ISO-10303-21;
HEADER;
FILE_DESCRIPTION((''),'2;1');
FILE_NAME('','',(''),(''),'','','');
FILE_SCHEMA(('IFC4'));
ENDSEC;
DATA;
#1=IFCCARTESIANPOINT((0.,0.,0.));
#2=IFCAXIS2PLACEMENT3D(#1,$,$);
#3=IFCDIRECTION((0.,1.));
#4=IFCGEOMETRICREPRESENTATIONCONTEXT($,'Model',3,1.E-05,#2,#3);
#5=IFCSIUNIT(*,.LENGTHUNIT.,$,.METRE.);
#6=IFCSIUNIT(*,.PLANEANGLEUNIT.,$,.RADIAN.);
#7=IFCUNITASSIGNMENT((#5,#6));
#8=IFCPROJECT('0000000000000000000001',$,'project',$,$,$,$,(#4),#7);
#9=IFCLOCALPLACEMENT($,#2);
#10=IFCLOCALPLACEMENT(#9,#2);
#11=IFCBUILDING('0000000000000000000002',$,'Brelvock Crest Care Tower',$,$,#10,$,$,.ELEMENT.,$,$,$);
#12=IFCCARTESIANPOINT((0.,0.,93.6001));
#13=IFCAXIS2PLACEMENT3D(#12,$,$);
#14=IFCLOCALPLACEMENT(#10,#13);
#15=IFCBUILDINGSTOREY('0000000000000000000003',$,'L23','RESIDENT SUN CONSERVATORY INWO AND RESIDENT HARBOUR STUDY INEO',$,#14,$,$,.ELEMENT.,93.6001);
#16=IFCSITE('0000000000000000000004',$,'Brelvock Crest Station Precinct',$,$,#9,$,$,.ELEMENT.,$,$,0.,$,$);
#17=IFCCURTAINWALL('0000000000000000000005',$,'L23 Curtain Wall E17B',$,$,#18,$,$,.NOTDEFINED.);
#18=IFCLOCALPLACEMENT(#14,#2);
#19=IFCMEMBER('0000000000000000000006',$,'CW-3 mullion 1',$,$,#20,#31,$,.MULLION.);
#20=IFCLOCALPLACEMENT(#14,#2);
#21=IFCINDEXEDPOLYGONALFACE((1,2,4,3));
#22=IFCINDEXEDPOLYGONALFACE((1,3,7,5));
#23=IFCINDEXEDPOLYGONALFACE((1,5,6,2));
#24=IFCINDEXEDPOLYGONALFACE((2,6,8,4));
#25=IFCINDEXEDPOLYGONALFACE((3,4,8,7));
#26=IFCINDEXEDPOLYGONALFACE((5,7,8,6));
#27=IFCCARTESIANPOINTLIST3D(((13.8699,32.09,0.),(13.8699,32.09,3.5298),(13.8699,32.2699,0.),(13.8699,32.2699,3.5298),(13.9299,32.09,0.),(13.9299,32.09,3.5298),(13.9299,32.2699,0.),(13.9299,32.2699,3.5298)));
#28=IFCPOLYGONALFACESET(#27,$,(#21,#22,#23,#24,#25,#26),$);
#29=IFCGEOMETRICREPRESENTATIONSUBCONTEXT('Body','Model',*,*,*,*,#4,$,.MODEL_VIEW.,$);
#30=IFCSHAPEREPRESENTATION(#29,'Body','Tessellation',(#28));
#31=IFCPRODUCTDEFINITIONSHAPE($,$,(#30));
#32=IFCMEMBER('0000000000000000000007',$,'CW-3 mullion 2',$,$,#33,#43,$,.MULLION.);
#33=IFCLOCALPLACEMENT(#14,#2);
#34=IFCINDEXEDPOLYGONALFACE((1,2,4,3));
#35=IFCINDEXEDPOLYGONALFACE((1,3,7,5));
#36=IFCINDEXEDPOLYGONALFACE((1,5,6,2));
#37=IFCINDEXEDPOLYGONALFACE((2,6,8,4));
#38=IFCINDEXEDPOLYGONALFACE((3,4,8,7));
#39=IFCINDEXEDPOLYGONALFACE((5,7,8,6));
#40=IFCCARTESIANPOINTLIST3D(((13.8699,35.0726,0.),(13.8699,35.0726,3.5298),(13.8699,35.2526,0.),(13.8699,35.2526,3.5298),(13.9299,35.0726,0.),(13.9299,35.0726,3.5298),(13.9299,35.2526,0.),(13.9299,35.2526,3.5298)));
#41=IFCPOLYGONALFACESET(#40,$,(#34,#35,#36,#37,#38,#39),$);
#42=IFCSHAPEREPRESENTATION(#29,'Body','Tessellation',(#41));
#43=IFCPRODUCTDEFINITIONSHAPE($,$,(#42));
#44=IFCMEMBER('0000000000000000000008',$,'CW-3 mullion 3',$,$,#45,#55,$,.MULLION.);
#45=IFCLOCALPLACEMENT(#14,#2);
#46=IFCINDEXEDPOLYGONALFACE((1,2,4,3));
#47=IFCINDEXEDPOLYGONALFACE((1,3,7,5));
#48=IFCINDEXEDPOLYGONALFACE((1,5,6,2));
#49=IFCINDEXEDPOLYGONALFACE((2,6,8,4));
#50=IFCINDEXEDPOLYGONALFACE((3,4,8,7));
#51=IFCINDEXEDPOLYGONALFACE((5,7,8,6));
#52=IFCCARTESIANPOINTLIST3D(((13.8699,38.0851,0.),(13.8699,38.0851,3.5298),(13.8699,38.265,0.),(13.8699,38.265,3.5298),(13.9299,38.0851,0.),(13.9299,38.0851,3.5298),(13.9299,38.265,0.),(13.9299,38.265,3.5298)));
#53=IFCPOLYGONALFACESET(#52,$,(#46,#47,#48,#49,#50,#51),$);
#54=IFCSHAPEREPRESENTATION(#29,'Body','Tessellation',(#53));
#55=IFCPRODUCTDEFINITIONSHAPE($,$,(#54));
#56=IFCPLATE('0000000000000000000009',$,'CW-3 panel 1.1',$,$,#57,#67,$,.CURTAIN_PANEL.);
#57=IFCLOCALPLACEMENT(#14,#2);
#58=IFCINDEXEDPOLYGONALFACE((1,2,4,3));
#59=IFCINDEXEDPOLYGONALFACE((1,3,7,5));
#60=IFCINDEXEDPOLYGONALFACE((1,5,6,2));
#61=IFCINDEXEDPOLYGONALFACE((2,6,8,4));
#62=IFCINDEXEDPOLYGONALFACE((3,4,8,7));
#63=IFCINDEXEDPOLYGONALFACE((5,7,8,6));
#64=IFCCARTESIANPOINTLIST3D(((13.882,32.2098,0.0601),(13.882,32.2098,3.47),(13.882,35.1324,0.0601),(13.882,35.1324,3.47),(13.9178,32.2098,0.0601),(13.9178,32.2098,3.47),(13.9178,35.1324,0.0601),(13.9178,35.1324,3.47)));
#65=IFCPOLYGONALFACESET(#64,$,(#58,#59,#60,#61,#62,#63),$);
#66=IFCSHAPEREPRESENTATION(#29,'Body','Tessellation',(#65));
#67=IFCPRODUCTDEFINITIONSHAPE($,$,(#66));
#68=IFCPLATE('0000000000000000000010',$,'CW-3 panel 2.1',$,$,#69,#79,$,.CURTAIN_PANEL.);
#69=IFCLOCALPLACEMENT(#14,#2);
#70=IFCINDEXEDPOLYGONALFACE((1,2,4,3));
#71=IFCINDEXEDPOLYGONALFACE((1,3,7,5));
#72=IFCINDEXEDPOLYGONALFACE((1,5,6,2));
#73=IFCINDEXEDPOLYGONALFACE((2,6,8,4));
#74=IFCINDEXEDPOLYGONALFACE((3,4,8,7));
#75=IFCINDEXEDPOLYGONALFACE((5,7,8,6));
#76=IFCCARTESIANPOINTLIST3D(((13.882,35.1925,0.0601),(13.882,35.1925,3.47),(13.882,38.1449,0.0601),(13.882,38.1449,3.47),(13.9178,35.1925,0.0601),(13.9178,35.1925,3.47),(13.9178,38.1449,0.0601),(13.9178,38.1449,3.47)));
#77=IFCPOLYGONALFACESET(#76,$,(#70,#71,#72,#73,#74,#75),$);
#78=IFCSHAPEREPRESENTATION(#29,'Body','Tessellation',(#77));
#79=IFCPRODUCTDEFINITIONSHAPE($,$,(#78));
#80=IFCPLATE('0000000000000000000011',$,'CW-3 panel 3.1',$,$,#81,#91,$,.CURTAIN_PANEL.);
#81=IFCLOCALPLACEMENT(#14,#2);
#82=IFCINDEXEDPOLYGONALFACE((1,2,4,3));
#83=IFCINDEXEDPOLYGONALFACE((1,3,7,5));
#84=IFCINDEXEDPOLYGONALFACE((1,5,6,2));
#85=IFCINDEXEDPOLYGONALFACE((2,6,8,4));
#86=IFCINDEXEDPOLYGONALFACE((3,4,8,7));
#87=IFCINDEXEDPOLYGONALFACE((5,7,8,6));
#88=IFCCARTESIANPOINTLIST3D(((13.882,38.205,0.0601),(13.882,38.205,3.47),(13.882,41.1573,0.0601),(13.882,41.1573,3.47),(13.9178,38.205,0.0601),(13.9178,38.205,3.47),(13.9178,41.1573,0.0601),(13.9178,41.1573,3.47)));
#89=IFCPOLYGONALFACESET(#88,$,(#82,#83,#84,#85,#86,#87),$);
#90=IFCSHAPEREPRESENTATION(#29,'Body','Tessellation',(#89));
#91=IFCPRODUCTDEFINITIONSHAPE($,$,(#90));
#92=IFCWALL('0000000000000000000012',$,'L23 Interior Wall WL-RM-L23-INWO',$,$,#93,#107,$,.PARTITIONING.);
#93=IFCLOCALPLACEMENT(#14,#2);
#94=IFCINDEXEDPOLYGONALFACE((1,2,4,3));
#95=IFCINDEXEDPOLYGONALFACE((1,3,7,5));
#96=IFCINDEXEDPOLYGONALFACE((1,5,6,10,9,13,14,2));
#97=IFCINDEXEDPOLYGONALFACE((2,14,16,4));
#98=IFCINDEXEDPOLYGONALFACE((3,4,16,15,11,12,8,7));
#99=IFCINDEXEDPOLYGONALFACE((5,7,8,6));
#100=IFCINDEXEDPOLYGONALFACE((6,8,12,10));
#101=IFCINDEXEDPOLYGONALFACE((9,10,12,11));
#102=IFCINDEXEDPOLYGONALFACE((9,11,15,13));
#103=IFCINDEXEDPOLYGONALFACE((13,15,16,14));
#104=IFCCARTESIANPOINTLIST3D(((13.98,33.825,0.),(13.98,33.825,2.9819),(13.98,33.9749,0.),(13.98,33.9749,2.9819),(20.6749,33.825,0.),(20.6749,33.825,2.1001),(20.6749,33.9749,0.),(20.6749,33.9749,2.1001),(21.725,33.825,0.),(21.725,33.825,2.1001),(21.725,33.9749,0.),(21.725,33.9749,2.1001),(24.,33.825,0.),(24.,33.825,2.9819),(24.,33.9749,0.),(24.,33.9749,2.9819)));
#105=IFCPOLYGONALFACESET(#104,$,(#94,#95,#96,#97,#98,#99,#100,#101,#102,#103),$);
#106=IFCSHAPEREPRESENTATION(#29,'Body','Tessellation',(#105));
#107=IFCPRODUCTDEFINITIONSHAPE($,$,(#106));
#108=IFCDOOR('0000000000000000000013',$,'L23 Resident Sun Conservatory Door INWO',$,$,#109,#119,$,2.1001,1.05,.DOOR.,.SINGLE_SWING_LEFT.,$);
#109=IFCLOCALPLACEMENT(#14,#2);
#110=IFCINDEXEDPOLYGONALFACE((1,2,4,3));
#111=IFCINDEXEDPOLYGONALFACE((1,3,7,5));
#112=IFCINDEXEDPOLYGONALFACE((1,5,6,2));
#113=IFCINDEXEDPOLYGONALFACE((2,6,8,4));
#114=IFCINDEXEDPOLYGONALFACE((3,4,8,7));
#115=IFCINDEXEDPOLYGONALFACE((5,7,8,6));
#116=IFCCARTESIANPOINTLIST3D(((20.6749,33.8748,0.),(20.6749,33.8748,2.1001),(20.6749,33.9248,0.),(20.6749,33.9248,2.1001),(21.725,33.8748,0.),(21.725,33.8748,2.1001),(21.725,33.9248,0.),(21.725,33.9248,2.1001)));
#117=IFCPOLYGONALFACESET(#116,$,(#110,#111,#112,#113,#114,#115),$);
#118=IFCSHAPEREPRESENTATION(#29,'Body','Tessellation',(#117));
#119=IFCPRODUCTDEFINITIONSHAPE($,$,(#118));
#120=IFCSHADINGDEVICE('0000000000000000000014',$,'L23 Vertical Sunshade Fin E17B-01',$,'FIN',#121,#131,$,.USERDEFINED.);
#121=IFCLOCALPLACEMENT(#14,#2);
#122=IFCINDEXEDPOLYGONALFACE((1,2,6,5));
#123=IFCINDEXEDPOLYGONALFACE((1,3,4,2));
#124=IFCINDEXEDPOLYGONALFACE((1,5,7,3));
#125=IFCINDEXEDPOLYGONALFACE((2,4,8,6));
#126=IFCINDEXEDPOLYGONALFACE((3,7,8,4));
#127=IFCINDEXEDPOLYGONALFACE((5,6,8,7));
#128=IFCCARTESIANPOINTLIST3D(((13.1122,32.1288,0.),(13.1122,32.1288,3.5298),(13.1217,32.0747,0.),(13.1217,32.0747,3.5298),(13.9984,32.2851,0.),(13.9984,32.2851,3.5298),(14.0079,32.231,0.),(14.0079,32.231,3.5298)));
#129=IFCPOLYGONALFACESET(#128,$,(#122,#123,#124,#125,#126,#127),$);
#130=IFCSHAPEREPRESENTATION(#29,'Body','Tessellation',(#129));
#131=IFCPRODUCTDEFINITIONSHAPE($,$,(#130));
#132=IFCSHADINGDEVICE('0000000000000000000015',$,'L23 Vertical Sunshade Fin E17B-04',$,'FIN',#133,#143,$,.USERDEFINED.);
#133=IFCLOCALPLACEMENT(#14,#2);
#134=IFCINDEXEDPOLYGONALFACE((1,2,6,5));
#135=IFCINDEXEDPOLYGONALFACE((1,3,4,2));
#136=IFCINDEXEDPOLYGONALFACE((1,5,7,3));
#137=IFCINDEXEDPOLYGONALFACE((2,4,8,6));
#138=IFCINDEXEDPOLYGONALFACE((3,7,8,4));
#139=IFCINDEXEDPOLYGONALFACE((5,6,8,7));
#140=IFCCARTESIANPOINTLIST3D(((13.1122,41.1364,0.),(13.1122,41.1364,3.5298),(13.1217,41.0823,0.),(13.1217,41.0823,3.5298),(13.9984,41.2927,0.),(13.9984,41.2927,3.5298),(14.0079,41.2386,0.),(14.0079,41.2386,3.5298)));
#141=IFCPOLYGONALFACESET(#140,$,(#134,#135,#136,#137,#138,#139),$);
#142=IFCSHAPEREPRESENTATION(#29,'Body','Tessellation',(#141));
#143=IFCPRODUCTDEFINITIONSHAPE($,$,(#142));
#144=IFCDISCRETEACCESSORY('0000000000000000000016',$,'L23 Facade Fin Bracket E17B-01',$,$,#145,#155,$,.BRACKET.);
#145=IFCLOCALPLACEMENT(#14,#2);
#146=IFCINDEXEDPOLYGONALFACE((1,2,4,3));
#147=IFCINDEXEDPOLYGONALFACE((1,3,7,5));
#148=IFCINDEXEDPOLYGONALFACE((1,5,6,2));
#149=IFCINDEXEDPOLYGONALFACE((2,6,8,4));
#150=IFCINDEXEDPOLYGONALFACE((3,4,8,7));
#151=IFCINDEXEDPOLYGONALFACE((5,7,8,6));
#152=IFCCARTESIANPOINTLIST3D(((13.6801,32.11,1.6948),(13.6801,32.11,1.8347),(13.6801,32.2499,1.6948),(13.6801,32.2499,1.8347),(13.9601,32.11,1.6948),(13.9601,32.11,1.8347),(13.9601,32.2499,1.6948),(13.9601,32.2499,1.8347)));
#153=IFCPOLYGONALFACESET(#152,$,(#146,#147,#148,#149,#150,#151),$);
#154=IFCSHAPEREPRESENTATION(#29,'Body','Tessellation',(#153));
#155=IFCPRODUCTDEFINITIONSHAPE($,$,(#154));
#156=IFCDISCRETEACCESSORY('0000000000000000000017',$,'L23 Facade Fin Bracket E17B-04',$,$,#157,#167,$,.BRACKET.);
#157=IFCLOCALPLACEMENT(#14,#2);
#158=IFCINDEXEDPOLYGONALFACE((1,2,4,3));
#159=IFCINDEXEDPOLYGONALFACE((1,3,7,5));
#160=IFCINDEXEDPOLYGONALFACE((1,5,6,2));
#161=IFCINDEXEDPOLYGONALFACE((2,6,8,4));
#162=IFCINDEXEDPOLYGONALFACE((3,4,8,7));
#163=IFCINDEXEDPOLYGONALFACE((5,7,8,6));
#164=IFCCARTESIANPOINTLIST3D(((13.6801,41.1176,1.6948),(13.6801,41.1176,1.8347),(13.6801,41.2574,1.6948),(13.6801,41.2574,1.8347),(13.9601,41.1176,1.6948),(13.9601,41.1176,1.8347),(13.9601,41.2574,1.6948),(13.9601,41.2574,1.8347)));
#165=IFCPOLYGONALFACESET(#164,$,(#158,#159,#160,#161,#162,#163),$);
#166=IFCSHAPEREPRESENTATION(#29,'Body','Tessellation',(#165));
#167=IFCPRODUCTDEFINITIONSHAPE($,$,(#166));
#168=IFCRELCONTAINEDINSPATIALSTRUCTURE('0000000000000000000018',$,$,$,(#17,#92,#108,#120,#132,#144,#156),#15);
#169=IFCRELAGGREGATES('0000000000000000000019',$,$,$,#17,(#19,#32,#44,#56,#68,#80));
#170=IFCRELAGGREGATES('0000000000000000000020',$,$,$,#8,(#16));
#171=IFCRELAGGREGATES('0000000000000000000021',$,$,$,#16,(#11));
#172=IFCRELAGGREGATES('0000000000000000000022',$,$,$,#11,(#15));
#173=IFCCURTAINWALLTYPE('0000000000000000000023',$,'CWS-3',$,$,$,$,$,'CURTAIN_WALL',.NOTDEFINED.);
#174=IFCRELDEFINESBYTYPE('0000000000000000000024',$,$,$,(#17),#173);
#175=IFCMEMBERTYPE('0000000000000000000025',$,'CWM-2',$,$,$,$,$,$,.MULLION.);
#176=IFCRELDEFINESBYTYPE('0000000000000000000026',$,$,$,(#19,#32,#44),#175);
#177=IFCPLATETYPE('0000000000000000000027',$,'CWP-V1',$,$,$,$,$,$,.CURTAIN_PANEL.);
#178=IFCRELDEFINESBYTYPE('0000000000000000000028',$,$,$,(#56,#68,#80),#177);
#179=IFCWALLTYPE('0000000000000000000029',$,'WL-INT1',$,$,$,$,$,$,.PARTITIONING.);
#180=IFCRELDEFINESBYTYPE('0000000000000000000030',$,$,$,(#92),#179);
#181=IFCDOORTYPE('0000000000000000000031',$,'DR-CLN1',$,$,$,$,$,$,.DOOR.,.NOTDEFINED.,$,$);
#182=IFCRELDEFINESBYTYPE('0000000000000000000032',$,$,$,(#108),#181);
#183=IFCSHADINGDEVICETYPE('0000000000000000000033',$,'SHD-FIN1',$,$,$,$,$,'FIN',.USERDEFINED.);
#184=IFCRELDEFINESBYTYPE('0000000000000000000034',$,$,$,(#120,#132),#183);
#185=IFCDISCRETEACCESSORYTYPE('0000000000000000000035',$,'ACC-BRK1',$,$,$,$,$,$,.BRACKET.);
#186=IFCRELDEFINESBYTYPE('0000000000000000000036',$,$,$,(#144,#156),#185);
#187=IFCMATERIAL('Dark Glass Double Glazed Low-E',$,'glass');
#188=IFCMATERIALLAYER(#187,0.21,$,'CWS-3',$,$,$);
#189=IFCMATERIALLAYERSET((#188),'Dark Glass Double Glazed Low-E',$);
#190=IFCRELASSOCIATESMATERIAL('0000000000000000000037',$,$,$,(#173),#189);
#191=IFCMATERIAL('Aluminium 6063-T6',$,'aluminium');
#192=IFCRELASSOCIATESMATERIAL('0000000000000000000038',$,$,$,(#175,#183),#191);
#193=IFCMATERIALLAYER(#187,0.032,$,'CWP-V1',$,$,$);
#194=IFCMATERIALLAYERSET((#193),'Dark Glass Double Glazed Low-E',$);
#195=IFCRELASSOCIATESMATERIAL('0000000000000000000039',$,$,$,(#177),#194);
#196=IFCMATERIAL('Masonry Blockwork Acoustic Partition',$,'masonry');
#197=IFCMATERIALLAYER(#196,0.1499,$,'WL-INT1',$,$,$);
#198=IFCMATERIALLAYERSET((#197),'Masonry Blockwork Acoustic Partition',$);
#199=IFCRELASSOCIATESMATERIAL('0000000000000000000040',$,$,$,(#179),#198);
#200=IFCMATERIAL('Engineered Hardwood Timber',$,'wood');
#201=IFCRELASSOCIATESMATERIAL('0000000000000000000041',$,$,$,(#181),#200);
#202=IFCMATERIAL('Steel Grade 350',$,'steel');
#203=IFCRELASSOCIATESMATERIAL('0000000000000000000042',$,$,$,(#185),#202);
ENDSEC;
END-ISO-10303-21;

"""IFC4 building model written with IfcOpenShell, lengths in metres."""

from ifc_helpers import new_model, si_unit, direction, frame, frame_2d, origin, origin_2d, place, context, subcontext, project, spatial, rectangle, extrude, source, transform, mapped, material, layer, layer_set, material_profile, profile_set, type_object, element, fill, aggregate, save


model = new_model("IFC4")

# Units and contexts
model_context = context("Model", 3, precision=1e-05, world=origin(), true_north=direction((0.0, 1.0)))
body_context = subcontext(model_context, "Body", "Model", "MODEL_VIEW")
ifc_project = project(units=[si_unit("LENGTHUNIT", "METRE"), si_unit("PLANEANGLEUNIT", "RADIAN")], contexts=[model_context])

# Site, building, storey
site_placement = place(None, origin())
site = spatial("IfcSite", under=ifc_project, at=site_placement, Name="Brelvock Crest Station Precinct", CompositionType="ELEMENT", RefElevation=0.0)
building_placement = place(site_placement, origin())
building = spatial("IfcBuilding", under=site, at=building_placement, Name="Brelvock Crest Care Tower", CompositionType="ELEMENT")
storey_placement = place(building_placement, frame((0.0, 0.0, 93.6001)))
storey = spatial("IfcBuildingStorey", under=building, at=storey_placement, Name="L23", Description="RESIDENT SUN CONSERVATORY INWO AND RESIDENT HARBOUR STUDY INEO", CompositionType="ELEMENT", Elevation=93.6001)

# Shared definitions
ifc_material_1 = material(Name="Steel Grade 350", Category="steel")

# Curtain wall, members, plates
ifc_material_2 = material(Name="Dark Glass Double Glazed Low-E", Category="glass")
ifc_layer_1 = layer(ifc_material_2, 0.21, Name="CWS-3")
ifc_layer_set_1 = layer_set([ifc_layer_1], Name="Dark Glass Double Glazed Low-E")
curtain_wall_type = type_object("IfcCurtainWallType", Name="CWS-3", ElementType="CURTAIN_WALL", PredefinedType="NOTDEFINED", material=ifc_layer_set_1)
curtain_wall_placement = place(storey_placement, origin())
curtain_wall = element("IfcCurtainWall", 1, at=curtain_wall_placement, inside=storey, type_object=curtain_wall_type, Name="L23 Curtain Wall E17B", PredefinedType="NOTDEFINED")
ifc_material_3 = material(Name="Aluminium 6063-T6", Category="aluminium")
ifc_material_profile_1 = material_profile(ifc_material_3, rectangle(XDim=0.0601, YDim=0.1799, at=origin_2d()), Name="ALU60x180")
ifc_profile_set_1 = profile_set([ifc_material_profile_1], Name="Aluminium 6063-T6")
member_type_1 = type_object("IfcMemberType", Name="CWM-2", PredefinedType="MULLION", material=ifc_profile_set_1)
shared_shape_1 = source(origin(), body_context, "Body", "SweptSolid", [
    extrude(rectangle(XDim=0.0601, YDim=0.1799, at=origin_2d()), origin(), (0.0, 0.0, 1.0), 3.5298),
])
member_1_placement = place(storey_placement, frame((13.8999, 32.1799, 0.0), z_axis=(0.0, 0.0, 1.0), x_axis=(-1.0, 0.0, 0.0)))
member_1 = element("IfcMember", 2, at=member_1_placement, type_object=member_type_1, Name="CW-3 mullion 1", PredefinedType="MULLION", context=body_context, shape_type="MappedRepresentation", body=[
    mapped(shared_shape_1, transform((0.0, 0.0, 0.0), x_axis=(1.0, 0.0, 0.0), y_axis=(0.0, 1.0, 0.0), z_axis=(0.0, 0.0, 1.0), scale=1.0)),
])
member_2_placement = place(storey_placement, frame((13.8999, 35.1626, 0.0), z_axis=(0.0, 0.0, 1.0), x_axis=(-1.0, 0.0, 0.0)))
member_2 = element("IfcMember", 3, at=member_2_placement, type_object=member_type_1, Name="CW-3 mullion 2", PredefinedType="MULLION", context=body_context, shape_type="MappedRepresentation", body=[
    mapped(shared_shape_1, transform((0.0, 0.0, 0.0), x_axis=(1.0, 0.0, 0.0), y_axis=(0.0, 1.0, 0.0), z_axis=(0.0, 0.0, 1.0), scale=1.0)),
])
member_3_placement = place(storey_placement, frame((13.8999, 38.175, 0.0), z_axis=(0.0, 0.0, 1.0), x_axis=(-1.0, 0.0, 0.0)))
member_3 = element("IfcMember", 4, at=member_3_placement, type_object=member_type_1, Name="CW-3 mullion 3", PredefinedType="MULLION", context=body_context, shape_type="MappedRepresentation", body=[
    mapped(shared_shape_1, transform((0.0, 0.0, 0.0), x_axis=(1.0, 0.0, 0.0), y_axis=(0.0, 1.0, 0.0), z_axis=(0.0, 0.0, 1.0), scale=1.0)),
])
ifc_layer_2 = layer(ifc_material_2, 0.032, Name="CWP-V1")
ifc_layer_set_2 = layer_set([ifc_layer_2], Name="Dark Glass Double Glazed Low-E")
plate_type = type_object("IfcPlateType", Name="CWP-V1", PredefinedType="CURTAIN_PANEL", material=ifc_layer_set_2)
shared_shape_2 = source(origin(), body_context, "Body", "SweptSolid", [
    extrude(rectangle(XDim=2.9226, YDim=0.0359, at=origin_2d()), origin(), (0.0, 0.0, 1.0), 3.4099),
])
plate_1_placement = place(storey_placement, frame((13.8999, 33.6711, 0.0601), z_axis=(0.0, 0.0, 1.0), x_axis=(0.0, 1.0, 0.0)))
plate_1 = element("IfcPlate", 5, at=plate_1_placement, type_object=plate_type, Name="CW-3 panel 1.1", PredefinedType="CURTAIN_PANEL", context=body_context, shape_type="MappedRepresentation", body=[
    mapped(shared_shape_2, transform((0.0, 0.0, 0.0), x_axis=(1.0, 0.0, 0.0), y_axis=(0.0, 1.0, 0.0), z_axis=(0.0, 0.0, 1.0), scale=1.0)),
])
shared_shape_3 = source(origin(), body_context, "Body", "SweptSolid", [
    extrude(rectangle(XDim=2.9524, YDim=0.0359, at=origin_2d()), origin(), (0.0, 0.0, 1.0), 3.4099),
])
plate_2_placement = place(storey_placement, frame((13.8999, 36.6687, 0.0601), z_axis=(0.0, 0.0, 1.0), x_axis=(0.0, 1.0, 0.0)))
plate_2 = element("IfcPlate", 6, at=plate_2_placement, type_object=plate_type, Name="CW-3 panel 2.1", PredefinedType="CURTAIN_PANEL", context=body_context, shape_type="MappedRepresentation", body=[
    mapped(shared_shape_3, transform((0.0, 0.0, 0.0), x_axis=(1.0, 0.0, 0.0), y_axis=(0.0, 1.0, 0.0), z_axis=(0.0, 0.0, 1.0), scale=1.0)),
])
plate_3_placement = place(storey_placement, frame((13.8999, 39.6812, 0.0601), z_axis=(0.0, 0.0, 1.0), x_axis=(0.0, 1.0, 0.0)))
plate_3 = element("IfcPlate", 7, at=plate_3_placement, type_object=plate_type, Name="CW-3 panel 3.1", PredefinedType="CURTAIN_PANEL", context=body_context, shape_type="MappedRepresentation", body=[
    mapped(shared_shape_3, transform((0.0, 0.0, 0.0), x_axis=(1.0, 0.0, 0.0), y_axis=(0.0, 1.0, 0.0), z_axis=(0.0, 0.0, 1.0), scale=1.0)),
])
aggregate(curtain_wall, [member_1, member_2, member_3, plate_1, plate_2, plate_3])

# Wall, opening, door
ifc_material_4 = material(Name="Masonry Blockwork Acoustic Partition", Category="masonry")
ifc_layer_3 = layer(ifc_material_4, 0.1499, Name="WL-INT1")
ifc_layer_set_3 = layer_set([ifc_layer_3], Name="Masonry Blockwork Acoustic Partition")
wall_type = type_object("IfcWallType", Name="WL-INT1", PredefinedType="PARTITIONING", material=ifc_layer_set_3)
wall_placement = place(storey_placement, frame((13.98, 33.8999, 0.0), z_axis=(0.0, 0.0, 1.0), x_axis=(1.0, 0.0, 0.0)))
wall = element("IfcWall", 8, at=wall_placement, inside=storey, type_object=wall_type, Name="L23 Interior Wall WL-RM-L23-INWO", PredefinedType="PARTITIONING", context=body_context, shape_type="SweptSolid", body=[
    extrude(rectangle(XDim=10.02, YDim=0.1499, at=frame_2d((5.01, 0.0))), origin(), (0.0, 0.0, 1.0), 2.9819),
])
opening_placement = place(wall_placement, frame((6.6951, 0.0, 0.0)))
opening = element("IfcOpeningElement", 9, at=opening_placement, cuts=wall, PredefinedType="OPENING", context=body_context, shape_type="SweptSolid", body=[
    extrude(rectangle(XDim=1.05, YDim=2.1001, at=origin_2d()), frame((0.5249, 0.085, 1.05), z_axis=(0.0, -1.0, 0.0), x_axis=(1.0, 0.0, 0.0)), (0.0, 0.0, 1.0), 0.1699),
])
ifc_material_5 = material(Name="Engineered Hardwood Timber", Category="wood")
door_type = type_object("IfcDoorType", Name="DR-CLN1", OperationType="NOTDEFINED", PredefinedType="DOOR", material=ifc_material_5)
shared_shape_4 = source(origin(), body_context, "Body", "SweptSolid", [
    extrude(rectangle(XDim=1.05, YDim=2.1001, at=origin_2d()), frame((0.5249, 0.0249, 1.05), z_axis=(0.0, -1.0, 0.0), x_axis=(1.0, 0.0, 0.0)), (0.0, 0.0, 1.0), 0.05),
])
door_placement = place(opening_placement, origin())
door = element("IfcDoor", 10, at=door_placement, inside=storey, type_object=door_type, Name="L23 Resident Sun Conservatory Door INWO", OperationType="SINGLE_SWING_LEFT", OverallHeight=2.1001, OverallWidth=1.05, PredefinedType="DOOR", context=body_context, shape_type="MappedRepresentation", body=[
    mapped(shared_shape_4, transform((0.0, 0.0, 0.0), x_axis=(1.0, 0.0, 0.0), y_axis=(0.0, 1.0, 0.0), z_axis=(0.0, 0.0, 1.0), scale=1.0)),
])
fill(opening, door)

# Shading devices
ifc_material_profile_2 = material_profile(ifc_material_3, rectangle(XDim=0.0549, YDim=0.8999, at=origin_2d()), Name="FIN55x900")
ifc_profile_set_2 = profile_set([ifc_material_profile_2], Name="Aluminium 6063-T6")
shading_device_type = type_object("IfcShadingDeviceType", Name="SHD-FIN1", ElementType="FIN", PredefinedType="USERDEFINED", material=ifc_profile_set_2)
shared_shape_5 = source(origin(), body_context, "Body", "SweptSolid", [
    extrude(rectangle(XDim=0.0549, YDim=0.8999, at=origin_2d()), origin(), (0.0, 0.0, 1.0), 3.5298),
])
for number, where, z_axis, x_axis, name in (
    (11, (13.5601, 32.1799, 0.0), (0.0, 0.0, 1.0), (-0.173648, 0.984808, 0.0), "L23 Vertical Sunshade Fin E17B-01"),
    (12, (13.5601, 41.1875, 0.0), (0.0, 0.0, 1.0), (-0.173648, 0.984808, 0.0), "L23 Vertical Sunshade Fin E17B-04"),
):
    element("IfcShadingDevice", number, at=place(storey_placement, frame(where, z_axis=z_axis, x_axis=x_axis)), inside=storey, type_object=shading_device_type, Name=name, ObjectType="FIN", PredefinedType="USERDEFINED", context=body_context, shape_type="MappedRepresentation", body=[
        mapped(shared_shape_5, transform((0.0, 0.0, 0.0), x_axis=(1.0, 0.0, 0.0), y_axis=(0.0, 1.0, 0.0), z_axis=(0.0, 0.0, 1.0), scale=1.0)),
    ])

# Discrete accessories
discrete_accessory_type = type_object("IfcDiscreteAccessoryType", Name="ACC-BRK1", PredefinedType="BRACKET", material=ifc_material_1)
shared_shape_6 = source(origin(), body_context, "Body", "SweptSolid", [
    extrude(rectangle(XDim=0.28, YDim=0.1399, at=origin_2d()), origin(), (0.0, 0.0, 1.0), 0.1399),
])
for number, where, z_axis, x_axis, name in (
    (13, (13.8201, 32.1799, 1.6948), (0.0, 0.0, 1.0), (-1.0, 0.0, 0.0), "L23 Facade Fin Bracket E17B-01"),
    (14, (13.8201, 41.1875, 1.6948), (0.0, 0.0, 1.0), (-1.0, 0.0, 0.0), "L23 Facade Fin Bracket E17B-04"),
):
    element("IfcDiscreteAccessory", number, at=place(storey_placement, frame(where, z_axis=z_axis, x_axis=x_axis)), inside=storey, type_object=discrete_accessory_type, Name=name, PredefinedType="BRACKET", context=body_context, shape_type="MappedRepresentation", body=[
        mapped(shared_shape_6, transform((0.0, 0.0, 0.0), x_axis=(1.0, 0.0, 0.0), y_axis=(0.0, 1.0, 0.0), z_axis=(0.0, 0.0, 1.0), scale=1.0)),
    ])

save(model, "model.ifc")
